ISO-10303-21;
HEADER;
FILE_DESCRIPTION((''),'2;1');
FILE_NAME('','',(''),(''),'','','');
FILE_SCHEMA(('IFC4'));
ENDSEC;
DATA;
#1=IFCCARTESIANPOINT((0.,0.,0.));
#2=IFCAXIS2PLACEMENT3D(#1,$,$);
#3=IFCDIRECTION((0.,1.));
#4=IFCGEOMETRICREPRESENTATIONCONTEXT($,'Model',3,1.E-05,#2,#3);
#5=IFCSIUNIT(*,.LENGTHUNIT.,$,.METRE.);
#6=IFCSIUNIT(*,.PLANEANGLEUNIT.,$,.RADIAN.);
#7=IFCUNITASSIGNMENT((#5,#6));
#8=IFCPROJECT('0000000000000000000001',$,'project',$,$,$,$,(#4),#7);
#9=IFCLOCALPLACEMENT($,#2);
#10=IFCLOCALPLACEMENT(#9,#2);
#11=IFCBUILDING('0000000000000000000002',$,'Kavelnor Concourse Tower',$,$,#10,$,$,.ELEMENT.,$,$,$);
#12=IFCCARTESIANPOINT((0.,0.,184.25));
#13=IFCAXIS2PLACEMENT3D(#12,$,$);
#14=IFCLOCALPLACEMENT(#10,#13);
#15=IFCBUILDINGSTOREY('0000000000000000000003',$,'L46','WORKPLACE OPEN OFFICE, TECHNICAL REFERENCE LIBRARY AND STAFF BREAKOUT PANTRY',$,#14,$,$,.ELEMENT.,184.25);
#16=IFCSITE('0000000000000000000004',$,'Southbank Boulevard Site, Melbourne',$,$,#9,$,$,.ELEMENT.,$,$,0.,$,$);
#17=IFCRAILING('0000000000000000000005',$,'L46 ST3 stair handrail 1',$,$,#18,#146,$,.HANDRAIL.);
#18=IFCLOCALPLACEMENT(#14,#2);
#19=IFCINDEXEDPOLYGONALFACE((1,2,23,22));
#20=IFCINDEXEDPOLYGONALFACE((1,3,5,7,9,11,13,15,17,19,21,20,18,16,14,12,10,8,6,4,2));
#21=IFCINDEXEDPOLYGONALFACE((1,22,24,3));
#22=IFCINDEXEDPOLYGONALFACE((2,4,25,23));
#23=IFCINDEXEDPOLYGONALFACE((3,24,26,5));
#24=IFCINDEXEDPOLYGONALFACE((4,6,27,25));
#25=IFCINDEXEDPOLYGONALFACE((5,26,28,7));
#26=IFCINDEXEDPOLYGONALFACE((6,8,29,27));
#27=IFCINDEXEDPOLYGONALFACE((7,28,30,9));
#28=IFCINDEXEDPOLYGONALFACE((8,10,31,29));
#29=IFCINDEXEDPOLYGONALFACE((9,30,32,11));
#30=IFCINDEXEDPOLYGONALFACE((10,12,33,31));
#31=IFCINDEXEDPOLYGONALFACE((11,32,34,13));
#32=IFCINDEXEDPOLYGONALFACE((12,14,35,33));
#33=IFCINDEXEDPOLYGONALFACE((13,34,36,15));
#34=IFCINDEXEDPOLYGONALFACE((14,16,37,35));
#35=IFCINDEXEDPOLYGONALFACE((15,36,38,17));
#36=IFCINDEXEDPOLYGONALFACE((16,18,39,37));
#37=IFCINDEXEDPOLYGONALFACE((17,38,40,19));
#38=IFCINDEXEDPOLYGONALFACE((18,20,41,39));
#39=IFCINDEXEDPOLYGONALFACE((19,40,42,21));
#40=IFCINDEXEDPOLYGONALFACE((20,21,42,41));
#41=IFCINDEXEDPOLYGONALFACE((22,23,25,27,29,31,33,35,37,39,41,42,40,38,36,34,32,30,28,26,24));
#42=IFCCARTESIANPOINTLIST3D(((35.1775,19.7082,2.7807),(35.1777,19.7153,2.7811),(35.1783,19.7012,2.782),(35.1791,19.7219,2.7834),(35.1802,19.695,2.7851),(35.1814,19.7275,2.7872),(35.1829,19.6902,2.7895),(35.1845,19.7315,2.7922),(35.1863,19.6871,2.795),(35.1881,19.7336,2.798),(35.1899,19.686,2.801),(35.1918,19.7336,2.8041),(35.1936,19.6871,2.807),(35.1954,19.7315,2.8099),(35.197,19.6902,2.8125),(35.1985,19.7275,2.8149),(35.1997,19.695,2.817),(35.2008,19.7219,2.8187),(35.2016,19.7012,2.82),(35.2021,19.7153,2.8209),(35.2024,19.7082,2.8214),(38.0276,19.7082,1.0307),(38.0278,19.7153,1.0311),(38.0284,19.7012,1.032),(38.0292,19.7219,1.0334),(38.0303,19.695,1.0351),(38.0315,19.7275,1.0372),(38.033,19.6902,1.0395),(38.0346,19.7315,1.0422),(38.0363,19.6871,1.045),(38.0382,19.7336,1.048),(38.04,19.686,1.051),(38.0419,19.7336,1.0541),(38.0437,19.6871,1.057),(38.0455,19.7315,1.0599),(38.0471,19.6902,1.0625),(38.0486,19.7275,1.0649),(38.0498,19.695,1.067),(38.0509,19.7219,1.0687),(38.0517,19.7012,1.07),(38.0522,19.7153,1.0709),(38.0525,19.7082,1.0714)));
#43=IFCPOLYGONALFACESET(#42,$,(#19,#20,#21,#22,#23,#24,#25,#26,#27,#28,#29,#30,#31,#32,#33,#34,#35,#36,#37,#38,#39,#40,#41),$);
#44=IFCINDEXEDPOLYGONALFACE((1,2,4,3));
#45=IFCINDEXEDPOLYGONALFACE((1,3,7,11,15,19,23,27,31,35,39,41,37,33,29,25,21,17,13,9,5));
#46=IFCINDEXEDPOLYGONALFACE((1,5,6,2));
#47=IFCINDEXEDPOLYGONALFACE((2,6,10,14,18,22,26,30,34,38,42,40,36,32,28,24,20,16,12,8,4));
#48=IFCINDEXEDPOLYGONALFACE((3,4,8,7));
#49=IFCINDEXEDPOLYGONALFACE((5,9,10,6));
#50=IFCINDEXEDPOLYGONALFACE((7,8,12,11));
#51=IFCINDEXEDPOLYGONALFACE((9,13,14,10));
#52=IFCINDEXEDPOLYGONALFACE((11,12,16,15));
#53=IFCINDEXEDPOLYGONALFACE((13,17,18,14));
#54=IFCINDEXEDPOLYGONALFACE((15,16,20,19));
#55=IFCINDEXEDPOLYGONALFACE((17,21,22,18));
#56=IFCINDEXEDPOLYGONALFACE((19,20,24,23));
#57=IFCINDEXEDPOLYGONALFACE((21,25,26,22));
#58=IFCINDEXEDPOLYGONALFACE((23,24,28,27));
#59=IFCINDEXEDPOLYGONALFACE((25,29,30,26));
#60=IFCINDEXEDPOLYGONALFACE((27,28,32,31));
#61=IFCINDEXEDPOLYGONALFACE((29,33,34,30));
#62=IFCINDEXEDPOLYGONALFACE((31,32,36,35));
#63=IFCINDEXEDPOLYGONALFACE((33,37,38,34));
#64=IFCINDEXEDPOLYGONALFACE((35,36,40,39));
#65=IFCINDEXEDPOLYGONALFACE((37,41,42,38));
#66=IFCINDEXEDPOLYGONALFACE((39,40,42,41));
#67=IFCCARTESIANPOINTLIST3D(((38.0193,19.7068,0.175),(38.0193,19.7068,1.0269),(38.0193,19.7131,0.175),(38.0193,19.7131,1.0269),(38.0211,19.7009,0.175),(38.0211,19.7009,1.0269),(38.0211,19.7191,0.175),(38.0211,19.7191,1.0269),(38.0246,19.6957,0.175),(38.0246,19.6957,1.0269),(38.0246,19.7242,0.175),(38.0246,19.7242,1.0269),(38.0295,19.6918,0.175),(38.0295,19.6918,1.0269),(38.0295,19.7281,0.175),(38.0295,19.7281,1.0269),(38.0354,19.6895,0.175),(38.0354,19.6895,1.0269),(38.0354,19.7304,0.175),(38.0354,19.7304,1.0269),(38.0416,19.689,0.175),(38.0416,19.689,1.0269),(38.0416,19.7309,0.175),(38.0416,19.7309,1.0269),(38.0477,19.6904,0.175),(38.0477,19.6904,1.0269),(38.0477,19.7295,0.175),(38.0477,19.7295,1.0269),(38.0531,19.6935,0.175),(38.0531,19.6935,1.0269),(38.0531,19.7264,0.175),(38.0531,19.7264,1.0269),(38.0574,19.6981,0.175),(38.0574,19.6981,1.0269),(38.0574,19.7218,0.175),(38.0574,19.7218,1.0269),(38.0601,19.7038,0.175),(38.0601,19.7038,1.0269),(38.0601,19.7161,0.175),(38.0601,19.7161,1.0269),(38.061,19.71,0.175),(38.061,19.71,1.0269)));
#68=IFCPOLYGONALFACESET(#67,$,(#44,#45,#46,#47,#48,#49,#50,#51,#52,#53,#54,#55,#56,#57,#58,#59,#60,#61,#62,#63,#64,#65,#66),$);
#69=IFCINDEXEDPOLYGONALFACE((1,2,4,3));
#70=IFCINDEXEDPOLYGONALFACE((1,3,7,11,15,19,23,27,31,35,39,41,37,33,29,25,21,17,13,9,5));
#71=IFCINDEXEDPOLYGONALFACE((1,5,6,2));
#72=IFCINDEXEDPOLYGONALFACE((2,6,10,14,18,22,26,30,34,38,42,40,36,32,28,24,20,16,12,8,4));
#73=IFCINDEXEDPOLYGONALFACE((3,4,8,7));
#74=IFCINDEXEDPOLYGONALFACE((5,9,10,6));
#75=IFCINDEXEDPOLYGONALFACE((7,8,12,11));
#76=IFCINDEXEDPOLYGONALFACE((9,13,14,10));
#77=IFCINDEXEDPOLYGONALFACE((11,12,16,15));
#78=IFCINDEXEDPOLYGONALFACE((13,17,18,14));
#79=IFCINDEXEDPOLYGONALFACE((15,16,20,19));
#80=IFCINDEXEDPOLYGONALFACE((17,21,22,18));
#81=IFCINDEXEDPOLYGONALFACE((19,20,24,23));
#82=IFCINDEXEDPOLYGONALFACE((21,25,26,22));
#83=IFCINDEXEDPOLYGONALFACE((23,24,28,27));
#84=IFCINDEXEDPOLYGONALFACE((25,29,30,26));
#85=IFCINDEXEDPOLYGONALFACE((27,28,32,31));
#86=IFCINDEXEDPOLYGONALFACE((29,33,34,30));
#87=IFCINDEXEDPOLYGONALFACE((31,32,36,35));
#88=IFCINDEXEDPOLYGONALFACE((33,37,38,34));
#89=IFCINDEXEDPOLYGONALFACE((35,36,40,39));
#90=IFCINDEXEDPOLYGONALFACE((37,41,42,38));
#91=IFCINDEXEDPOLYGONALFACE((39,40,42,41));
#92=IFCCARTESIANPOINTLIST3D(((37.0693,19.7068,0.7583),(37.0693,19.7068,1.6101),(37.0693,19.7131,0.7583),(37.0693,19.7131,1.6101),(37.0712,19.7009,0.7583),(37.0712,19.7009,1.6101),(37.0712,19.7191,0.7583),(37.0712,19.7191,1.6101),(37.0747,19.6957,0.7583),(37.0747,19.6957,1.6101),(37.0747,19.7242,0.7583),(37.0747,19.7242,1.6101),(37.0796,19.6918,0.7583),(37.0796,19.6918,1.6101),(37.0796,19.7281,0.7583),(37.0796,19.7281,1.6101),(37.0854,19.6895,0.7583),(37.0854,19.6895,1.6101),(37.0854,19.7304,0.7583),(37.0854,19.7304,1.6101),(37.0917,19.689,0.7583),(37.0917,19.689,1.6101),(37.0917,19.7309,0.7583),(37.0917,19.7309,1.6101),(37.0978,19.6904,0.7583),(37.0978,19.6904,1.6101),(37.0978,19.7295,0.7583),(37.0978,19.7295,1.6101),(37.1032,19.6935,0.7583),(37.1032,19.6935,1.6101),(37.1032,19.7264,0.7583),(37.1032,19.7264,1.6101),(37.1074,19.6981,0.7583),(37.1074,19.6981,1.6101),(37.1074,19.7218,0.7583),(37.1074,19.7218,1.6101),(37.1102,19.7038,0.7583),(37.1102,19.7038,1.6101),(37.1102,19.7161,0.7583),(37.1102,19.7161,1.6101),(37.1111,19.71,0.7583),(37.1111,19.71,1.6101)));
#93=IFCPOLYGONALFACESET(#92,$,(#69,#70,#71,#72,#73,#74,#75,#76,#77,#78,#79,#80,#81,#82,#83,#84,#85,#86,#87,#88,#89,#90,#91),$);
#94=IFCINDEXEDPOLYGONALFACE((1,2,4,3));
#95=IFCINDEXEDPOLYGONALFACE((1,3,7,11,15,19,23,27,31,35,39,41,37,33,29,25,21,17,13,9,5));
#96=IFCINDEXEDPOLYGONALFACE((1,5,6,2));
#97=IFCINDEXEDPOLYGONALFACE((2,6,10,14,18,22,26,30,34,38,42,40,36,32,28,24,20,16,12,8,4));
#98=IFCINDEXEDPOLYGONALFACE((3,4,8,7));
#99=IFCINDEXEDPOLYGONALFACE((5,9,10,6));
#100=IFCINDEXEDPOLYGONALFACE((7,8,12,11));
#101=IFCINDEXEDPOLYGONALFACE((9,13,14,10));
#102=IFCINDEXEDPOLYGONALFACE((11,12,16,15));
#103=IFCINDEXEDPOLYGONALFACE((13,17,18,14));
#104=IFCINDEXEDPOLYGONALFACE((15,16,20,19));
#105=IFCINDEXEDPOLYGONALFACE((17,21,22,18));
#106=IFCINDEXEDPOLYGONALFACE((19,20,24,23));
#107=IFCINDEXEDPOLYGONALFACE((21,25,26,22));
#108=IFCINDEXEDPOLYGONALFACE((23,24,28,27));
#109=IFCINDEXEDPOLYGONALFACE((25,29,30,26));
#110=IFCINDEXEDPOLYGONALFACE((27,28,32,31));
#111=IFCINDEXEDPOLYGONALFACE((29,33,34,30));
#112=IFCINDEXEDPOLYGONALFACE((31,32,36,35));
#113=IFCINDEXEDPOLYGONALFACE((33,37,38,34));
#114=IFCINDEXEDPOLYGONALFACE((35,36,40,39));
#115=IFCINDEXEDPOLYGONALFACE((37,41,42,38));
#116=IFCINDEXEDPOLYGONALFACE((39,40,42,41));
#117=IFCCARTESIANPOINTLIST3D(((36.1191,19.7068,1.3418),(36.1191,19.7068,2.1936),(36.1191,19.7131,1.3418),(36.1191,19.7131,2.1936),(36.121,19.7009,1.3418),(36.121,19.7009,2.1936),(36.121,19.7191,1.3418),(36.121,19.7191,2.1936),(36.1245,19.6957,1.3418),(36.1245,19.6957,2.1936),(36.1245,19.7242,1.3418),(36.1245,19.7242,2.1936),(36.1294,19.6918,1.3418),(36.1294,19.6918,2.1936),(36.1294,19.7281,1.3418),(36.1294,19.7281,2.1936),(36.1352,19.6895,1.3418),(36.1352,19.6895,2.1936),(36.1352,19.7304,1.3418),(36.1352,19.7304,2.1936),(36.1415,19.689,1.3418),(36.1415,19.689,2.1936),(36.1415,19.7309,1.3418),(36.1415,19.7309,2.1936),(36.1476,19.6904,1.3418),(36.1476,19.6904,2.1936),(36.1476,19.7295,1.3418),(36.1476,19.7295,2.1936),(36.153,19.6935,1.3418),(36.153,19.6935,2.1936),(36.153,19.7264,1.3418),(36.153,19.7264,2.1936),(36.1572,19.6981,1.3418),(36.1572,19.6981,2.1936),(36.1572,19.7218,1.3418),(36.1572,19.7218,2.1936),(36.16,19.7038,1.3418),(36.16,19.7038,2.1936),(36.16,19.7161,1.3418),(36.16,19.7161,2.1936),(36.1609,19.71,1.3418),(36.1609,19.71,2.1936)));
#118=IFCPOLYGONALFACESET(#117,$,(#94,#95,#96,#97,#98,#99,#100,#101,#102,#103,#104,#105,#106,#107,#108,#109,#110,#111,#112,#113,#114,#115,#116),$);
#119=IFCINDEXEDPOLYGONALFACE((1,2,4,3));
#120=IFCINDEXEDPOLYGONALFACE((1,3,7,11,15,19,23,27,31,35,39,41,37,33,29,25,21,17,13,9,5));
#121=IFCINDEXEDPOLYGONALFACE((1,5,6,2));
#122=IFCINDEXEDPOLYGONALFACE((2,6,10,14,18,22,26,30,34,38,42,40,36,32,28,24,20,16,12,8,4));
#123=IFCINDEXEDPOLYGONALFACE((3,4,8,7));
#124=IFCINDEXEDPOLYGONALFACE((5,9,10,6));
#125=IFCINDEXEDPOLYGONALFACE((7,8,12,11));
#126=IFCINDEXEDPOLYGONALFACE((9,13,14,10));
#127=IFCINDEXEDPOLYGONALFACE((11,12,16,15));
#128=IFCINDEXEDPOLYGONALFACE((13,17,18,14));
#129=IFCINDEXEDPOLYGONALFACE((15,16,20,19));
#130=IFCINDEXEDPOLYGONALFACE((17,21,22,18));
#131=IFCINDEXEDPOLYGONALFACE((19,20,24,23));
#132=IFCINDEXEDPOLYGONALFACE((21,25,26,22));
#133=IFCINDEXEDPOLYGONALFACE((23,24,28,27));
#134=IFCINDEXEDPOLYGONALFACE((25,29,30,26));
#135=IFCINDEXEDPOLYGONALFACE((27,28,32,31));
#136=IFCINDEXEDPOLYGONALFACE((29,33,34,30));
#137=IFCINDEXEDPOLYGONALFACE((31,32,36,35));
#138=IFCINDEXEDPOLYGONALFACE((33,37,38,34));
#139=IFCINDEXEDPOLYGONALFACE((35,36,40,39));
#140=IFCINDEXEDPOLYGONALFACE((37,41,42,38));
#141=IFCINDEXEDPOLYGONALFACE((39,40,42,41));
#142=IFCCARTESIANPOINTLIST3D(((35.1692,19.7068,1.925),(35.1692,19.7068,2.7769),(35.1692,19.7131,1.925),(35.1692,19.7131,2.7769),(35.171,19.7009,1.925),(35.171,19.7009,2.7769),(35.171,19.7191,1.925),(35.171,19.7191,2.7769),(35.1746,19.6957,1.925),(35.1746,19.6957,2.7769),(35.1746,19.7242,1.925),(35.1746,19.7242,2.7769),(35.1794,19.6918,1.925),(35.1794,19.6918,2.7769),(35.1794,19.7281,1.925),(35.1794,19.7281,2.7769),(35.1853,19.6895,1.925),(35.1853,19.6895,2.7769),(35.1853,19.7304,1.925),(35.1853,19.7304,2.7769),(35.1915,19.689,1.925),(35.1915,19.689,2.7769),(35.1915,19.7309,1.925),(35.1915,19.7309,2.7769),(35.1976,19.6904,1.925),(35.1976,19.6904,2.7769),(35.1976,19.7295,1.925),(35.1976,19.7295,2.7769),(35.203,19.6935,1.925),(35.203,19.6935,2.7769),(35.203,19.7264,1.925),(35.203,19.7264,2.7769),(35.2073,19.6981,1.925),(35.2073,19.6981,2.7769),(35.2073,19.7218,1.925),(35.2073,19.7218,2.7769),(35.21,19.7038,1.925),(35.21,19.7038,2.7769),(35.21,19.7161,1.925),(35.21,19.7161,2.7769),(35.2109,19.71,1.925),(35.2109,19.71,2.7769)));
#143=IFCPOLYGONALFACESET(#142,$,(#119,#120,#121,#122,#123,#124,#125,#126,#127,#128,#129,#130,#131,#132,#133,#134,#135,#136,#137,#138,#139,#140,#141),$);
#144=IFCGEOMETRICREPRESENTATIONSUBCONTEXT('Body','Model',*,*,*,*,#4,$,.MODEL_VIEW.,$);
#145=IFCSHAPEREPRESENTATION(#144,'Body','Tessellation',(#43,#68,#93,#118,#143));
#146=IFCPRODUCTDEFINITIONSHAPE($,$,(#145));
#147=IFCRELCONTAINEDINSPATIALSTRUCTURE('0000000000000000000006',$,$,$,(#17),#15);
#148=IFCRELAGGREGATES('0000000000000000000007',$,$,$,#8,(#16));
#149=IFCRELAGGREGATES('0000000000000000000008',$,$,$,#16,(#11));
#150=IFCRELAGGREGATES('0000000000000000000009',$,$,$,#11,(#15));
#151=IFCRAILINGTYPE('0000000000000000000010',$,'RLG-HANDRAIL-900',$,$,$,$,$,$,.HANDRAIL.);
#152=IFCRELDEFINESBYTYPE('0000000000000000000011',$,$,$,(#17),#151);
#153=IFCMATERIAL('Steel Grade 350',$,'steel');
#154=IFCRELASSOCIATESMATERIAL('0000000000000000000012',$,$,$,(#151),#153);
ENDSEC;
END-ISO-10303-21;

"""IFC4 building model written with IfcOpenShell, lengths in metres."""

from ifc_helpers import new_model, si_unit, direction, frame, origin, origin_2d, place, context, subcontext, project, spatial, circle, extrude, material, type_object, element, save


model = new_model("IFC4")

# Units and contexts
model_context = context("Model", 3, precision=1e-05, world=origin(), true_north=direction((0.0, 1.0)))
body_context = subcontext(model_context, "Body", "Model", "MODEL_VIEW")
ifc_project = project(units=[si_unit("LENGTHUNIT", "METRE"), si_unit("PLANEANGLEUNIT", "RADIAN")], contexts=[model_context])

# Site, building, storey
site_placement = place(None, origin())
site = spatial("IfcSite", under=ifc_project, at=site_placement, Name="Southbank Boulevard Site, Melbourne", CompositionType="ELEMENT", RefElevation=0.0)
building_placement = place(site_placement, origin())
building = spatial("IfcBuilding", under=site, at=building_placement, Name="Kavelnor Concourse Tower", CompositionType="ELEMENT")
storey_placement = place(building_placement, frame((0.0, 0.0, 184.25)))
storey = spatial("IfcBuildingStorey", under=building, at=storey_placement, Name="L46", Description="WORKPLACE OPEN OFFICE, TECHNICAL REFERENCE LIBRARY AND STAFF BREAKOUT PANTRY", CompositionType="ELEMENT", Elevation=184.25)

# Shared definitions
ifc_material_1 = material(Name="Steel Grade 350", Category="steel")

# Railing
railing_type_1 = type_object("IfcRailingType", Name="RLG-HANDRAIL-900", PredefinedType="HANDRAIL", material=ifc_material_1)
railing_1_placement = place(storey_placement, frame((38.04, 19.71, 0.175)))
element("IfcRailing", 1, at=railing_1_placement, inside=storey, type_object=railing_type_1, Name="L46 ST3 stair handrail 1", PredefinedType="HANDRAIL", context=body_context, shape_type="SweptSolid", body=[
    extrude(circle(Radius=0.0239, at=origin_2d()), frame((0.0, 0.0, 0.876), z_axis=(-0.852179, 0.0, 0.52325), x_axis=(0.0, -1.0, 0.0)), (0.0, 0.0, 1.0), 3.3445),
    extrude(circle(Radius=0.021, at=origin_2d()), origin(), (0.0, 0.0, 1.0), 0.8518),
    extrude(circle(Radius=0.021, at=origin_2d()), frame((-0.95, 0.0, 0.5833)), (0.0, 0.0, 1.0), 0.8518),
    extrude(circle(Radius=0.021, at=origin_2d()), frame((-1.9001, 0.0, 1.1667)), (0.0, 0.0, 1.0), 0.8518),
    extrude(circle(Radius=0.021, at=origin_2d()), frame((-2.8501, 0.0, 1.75)), (0.0, 0.0, 1.0), 0.8518),
])

save(model, "model.ifc")
